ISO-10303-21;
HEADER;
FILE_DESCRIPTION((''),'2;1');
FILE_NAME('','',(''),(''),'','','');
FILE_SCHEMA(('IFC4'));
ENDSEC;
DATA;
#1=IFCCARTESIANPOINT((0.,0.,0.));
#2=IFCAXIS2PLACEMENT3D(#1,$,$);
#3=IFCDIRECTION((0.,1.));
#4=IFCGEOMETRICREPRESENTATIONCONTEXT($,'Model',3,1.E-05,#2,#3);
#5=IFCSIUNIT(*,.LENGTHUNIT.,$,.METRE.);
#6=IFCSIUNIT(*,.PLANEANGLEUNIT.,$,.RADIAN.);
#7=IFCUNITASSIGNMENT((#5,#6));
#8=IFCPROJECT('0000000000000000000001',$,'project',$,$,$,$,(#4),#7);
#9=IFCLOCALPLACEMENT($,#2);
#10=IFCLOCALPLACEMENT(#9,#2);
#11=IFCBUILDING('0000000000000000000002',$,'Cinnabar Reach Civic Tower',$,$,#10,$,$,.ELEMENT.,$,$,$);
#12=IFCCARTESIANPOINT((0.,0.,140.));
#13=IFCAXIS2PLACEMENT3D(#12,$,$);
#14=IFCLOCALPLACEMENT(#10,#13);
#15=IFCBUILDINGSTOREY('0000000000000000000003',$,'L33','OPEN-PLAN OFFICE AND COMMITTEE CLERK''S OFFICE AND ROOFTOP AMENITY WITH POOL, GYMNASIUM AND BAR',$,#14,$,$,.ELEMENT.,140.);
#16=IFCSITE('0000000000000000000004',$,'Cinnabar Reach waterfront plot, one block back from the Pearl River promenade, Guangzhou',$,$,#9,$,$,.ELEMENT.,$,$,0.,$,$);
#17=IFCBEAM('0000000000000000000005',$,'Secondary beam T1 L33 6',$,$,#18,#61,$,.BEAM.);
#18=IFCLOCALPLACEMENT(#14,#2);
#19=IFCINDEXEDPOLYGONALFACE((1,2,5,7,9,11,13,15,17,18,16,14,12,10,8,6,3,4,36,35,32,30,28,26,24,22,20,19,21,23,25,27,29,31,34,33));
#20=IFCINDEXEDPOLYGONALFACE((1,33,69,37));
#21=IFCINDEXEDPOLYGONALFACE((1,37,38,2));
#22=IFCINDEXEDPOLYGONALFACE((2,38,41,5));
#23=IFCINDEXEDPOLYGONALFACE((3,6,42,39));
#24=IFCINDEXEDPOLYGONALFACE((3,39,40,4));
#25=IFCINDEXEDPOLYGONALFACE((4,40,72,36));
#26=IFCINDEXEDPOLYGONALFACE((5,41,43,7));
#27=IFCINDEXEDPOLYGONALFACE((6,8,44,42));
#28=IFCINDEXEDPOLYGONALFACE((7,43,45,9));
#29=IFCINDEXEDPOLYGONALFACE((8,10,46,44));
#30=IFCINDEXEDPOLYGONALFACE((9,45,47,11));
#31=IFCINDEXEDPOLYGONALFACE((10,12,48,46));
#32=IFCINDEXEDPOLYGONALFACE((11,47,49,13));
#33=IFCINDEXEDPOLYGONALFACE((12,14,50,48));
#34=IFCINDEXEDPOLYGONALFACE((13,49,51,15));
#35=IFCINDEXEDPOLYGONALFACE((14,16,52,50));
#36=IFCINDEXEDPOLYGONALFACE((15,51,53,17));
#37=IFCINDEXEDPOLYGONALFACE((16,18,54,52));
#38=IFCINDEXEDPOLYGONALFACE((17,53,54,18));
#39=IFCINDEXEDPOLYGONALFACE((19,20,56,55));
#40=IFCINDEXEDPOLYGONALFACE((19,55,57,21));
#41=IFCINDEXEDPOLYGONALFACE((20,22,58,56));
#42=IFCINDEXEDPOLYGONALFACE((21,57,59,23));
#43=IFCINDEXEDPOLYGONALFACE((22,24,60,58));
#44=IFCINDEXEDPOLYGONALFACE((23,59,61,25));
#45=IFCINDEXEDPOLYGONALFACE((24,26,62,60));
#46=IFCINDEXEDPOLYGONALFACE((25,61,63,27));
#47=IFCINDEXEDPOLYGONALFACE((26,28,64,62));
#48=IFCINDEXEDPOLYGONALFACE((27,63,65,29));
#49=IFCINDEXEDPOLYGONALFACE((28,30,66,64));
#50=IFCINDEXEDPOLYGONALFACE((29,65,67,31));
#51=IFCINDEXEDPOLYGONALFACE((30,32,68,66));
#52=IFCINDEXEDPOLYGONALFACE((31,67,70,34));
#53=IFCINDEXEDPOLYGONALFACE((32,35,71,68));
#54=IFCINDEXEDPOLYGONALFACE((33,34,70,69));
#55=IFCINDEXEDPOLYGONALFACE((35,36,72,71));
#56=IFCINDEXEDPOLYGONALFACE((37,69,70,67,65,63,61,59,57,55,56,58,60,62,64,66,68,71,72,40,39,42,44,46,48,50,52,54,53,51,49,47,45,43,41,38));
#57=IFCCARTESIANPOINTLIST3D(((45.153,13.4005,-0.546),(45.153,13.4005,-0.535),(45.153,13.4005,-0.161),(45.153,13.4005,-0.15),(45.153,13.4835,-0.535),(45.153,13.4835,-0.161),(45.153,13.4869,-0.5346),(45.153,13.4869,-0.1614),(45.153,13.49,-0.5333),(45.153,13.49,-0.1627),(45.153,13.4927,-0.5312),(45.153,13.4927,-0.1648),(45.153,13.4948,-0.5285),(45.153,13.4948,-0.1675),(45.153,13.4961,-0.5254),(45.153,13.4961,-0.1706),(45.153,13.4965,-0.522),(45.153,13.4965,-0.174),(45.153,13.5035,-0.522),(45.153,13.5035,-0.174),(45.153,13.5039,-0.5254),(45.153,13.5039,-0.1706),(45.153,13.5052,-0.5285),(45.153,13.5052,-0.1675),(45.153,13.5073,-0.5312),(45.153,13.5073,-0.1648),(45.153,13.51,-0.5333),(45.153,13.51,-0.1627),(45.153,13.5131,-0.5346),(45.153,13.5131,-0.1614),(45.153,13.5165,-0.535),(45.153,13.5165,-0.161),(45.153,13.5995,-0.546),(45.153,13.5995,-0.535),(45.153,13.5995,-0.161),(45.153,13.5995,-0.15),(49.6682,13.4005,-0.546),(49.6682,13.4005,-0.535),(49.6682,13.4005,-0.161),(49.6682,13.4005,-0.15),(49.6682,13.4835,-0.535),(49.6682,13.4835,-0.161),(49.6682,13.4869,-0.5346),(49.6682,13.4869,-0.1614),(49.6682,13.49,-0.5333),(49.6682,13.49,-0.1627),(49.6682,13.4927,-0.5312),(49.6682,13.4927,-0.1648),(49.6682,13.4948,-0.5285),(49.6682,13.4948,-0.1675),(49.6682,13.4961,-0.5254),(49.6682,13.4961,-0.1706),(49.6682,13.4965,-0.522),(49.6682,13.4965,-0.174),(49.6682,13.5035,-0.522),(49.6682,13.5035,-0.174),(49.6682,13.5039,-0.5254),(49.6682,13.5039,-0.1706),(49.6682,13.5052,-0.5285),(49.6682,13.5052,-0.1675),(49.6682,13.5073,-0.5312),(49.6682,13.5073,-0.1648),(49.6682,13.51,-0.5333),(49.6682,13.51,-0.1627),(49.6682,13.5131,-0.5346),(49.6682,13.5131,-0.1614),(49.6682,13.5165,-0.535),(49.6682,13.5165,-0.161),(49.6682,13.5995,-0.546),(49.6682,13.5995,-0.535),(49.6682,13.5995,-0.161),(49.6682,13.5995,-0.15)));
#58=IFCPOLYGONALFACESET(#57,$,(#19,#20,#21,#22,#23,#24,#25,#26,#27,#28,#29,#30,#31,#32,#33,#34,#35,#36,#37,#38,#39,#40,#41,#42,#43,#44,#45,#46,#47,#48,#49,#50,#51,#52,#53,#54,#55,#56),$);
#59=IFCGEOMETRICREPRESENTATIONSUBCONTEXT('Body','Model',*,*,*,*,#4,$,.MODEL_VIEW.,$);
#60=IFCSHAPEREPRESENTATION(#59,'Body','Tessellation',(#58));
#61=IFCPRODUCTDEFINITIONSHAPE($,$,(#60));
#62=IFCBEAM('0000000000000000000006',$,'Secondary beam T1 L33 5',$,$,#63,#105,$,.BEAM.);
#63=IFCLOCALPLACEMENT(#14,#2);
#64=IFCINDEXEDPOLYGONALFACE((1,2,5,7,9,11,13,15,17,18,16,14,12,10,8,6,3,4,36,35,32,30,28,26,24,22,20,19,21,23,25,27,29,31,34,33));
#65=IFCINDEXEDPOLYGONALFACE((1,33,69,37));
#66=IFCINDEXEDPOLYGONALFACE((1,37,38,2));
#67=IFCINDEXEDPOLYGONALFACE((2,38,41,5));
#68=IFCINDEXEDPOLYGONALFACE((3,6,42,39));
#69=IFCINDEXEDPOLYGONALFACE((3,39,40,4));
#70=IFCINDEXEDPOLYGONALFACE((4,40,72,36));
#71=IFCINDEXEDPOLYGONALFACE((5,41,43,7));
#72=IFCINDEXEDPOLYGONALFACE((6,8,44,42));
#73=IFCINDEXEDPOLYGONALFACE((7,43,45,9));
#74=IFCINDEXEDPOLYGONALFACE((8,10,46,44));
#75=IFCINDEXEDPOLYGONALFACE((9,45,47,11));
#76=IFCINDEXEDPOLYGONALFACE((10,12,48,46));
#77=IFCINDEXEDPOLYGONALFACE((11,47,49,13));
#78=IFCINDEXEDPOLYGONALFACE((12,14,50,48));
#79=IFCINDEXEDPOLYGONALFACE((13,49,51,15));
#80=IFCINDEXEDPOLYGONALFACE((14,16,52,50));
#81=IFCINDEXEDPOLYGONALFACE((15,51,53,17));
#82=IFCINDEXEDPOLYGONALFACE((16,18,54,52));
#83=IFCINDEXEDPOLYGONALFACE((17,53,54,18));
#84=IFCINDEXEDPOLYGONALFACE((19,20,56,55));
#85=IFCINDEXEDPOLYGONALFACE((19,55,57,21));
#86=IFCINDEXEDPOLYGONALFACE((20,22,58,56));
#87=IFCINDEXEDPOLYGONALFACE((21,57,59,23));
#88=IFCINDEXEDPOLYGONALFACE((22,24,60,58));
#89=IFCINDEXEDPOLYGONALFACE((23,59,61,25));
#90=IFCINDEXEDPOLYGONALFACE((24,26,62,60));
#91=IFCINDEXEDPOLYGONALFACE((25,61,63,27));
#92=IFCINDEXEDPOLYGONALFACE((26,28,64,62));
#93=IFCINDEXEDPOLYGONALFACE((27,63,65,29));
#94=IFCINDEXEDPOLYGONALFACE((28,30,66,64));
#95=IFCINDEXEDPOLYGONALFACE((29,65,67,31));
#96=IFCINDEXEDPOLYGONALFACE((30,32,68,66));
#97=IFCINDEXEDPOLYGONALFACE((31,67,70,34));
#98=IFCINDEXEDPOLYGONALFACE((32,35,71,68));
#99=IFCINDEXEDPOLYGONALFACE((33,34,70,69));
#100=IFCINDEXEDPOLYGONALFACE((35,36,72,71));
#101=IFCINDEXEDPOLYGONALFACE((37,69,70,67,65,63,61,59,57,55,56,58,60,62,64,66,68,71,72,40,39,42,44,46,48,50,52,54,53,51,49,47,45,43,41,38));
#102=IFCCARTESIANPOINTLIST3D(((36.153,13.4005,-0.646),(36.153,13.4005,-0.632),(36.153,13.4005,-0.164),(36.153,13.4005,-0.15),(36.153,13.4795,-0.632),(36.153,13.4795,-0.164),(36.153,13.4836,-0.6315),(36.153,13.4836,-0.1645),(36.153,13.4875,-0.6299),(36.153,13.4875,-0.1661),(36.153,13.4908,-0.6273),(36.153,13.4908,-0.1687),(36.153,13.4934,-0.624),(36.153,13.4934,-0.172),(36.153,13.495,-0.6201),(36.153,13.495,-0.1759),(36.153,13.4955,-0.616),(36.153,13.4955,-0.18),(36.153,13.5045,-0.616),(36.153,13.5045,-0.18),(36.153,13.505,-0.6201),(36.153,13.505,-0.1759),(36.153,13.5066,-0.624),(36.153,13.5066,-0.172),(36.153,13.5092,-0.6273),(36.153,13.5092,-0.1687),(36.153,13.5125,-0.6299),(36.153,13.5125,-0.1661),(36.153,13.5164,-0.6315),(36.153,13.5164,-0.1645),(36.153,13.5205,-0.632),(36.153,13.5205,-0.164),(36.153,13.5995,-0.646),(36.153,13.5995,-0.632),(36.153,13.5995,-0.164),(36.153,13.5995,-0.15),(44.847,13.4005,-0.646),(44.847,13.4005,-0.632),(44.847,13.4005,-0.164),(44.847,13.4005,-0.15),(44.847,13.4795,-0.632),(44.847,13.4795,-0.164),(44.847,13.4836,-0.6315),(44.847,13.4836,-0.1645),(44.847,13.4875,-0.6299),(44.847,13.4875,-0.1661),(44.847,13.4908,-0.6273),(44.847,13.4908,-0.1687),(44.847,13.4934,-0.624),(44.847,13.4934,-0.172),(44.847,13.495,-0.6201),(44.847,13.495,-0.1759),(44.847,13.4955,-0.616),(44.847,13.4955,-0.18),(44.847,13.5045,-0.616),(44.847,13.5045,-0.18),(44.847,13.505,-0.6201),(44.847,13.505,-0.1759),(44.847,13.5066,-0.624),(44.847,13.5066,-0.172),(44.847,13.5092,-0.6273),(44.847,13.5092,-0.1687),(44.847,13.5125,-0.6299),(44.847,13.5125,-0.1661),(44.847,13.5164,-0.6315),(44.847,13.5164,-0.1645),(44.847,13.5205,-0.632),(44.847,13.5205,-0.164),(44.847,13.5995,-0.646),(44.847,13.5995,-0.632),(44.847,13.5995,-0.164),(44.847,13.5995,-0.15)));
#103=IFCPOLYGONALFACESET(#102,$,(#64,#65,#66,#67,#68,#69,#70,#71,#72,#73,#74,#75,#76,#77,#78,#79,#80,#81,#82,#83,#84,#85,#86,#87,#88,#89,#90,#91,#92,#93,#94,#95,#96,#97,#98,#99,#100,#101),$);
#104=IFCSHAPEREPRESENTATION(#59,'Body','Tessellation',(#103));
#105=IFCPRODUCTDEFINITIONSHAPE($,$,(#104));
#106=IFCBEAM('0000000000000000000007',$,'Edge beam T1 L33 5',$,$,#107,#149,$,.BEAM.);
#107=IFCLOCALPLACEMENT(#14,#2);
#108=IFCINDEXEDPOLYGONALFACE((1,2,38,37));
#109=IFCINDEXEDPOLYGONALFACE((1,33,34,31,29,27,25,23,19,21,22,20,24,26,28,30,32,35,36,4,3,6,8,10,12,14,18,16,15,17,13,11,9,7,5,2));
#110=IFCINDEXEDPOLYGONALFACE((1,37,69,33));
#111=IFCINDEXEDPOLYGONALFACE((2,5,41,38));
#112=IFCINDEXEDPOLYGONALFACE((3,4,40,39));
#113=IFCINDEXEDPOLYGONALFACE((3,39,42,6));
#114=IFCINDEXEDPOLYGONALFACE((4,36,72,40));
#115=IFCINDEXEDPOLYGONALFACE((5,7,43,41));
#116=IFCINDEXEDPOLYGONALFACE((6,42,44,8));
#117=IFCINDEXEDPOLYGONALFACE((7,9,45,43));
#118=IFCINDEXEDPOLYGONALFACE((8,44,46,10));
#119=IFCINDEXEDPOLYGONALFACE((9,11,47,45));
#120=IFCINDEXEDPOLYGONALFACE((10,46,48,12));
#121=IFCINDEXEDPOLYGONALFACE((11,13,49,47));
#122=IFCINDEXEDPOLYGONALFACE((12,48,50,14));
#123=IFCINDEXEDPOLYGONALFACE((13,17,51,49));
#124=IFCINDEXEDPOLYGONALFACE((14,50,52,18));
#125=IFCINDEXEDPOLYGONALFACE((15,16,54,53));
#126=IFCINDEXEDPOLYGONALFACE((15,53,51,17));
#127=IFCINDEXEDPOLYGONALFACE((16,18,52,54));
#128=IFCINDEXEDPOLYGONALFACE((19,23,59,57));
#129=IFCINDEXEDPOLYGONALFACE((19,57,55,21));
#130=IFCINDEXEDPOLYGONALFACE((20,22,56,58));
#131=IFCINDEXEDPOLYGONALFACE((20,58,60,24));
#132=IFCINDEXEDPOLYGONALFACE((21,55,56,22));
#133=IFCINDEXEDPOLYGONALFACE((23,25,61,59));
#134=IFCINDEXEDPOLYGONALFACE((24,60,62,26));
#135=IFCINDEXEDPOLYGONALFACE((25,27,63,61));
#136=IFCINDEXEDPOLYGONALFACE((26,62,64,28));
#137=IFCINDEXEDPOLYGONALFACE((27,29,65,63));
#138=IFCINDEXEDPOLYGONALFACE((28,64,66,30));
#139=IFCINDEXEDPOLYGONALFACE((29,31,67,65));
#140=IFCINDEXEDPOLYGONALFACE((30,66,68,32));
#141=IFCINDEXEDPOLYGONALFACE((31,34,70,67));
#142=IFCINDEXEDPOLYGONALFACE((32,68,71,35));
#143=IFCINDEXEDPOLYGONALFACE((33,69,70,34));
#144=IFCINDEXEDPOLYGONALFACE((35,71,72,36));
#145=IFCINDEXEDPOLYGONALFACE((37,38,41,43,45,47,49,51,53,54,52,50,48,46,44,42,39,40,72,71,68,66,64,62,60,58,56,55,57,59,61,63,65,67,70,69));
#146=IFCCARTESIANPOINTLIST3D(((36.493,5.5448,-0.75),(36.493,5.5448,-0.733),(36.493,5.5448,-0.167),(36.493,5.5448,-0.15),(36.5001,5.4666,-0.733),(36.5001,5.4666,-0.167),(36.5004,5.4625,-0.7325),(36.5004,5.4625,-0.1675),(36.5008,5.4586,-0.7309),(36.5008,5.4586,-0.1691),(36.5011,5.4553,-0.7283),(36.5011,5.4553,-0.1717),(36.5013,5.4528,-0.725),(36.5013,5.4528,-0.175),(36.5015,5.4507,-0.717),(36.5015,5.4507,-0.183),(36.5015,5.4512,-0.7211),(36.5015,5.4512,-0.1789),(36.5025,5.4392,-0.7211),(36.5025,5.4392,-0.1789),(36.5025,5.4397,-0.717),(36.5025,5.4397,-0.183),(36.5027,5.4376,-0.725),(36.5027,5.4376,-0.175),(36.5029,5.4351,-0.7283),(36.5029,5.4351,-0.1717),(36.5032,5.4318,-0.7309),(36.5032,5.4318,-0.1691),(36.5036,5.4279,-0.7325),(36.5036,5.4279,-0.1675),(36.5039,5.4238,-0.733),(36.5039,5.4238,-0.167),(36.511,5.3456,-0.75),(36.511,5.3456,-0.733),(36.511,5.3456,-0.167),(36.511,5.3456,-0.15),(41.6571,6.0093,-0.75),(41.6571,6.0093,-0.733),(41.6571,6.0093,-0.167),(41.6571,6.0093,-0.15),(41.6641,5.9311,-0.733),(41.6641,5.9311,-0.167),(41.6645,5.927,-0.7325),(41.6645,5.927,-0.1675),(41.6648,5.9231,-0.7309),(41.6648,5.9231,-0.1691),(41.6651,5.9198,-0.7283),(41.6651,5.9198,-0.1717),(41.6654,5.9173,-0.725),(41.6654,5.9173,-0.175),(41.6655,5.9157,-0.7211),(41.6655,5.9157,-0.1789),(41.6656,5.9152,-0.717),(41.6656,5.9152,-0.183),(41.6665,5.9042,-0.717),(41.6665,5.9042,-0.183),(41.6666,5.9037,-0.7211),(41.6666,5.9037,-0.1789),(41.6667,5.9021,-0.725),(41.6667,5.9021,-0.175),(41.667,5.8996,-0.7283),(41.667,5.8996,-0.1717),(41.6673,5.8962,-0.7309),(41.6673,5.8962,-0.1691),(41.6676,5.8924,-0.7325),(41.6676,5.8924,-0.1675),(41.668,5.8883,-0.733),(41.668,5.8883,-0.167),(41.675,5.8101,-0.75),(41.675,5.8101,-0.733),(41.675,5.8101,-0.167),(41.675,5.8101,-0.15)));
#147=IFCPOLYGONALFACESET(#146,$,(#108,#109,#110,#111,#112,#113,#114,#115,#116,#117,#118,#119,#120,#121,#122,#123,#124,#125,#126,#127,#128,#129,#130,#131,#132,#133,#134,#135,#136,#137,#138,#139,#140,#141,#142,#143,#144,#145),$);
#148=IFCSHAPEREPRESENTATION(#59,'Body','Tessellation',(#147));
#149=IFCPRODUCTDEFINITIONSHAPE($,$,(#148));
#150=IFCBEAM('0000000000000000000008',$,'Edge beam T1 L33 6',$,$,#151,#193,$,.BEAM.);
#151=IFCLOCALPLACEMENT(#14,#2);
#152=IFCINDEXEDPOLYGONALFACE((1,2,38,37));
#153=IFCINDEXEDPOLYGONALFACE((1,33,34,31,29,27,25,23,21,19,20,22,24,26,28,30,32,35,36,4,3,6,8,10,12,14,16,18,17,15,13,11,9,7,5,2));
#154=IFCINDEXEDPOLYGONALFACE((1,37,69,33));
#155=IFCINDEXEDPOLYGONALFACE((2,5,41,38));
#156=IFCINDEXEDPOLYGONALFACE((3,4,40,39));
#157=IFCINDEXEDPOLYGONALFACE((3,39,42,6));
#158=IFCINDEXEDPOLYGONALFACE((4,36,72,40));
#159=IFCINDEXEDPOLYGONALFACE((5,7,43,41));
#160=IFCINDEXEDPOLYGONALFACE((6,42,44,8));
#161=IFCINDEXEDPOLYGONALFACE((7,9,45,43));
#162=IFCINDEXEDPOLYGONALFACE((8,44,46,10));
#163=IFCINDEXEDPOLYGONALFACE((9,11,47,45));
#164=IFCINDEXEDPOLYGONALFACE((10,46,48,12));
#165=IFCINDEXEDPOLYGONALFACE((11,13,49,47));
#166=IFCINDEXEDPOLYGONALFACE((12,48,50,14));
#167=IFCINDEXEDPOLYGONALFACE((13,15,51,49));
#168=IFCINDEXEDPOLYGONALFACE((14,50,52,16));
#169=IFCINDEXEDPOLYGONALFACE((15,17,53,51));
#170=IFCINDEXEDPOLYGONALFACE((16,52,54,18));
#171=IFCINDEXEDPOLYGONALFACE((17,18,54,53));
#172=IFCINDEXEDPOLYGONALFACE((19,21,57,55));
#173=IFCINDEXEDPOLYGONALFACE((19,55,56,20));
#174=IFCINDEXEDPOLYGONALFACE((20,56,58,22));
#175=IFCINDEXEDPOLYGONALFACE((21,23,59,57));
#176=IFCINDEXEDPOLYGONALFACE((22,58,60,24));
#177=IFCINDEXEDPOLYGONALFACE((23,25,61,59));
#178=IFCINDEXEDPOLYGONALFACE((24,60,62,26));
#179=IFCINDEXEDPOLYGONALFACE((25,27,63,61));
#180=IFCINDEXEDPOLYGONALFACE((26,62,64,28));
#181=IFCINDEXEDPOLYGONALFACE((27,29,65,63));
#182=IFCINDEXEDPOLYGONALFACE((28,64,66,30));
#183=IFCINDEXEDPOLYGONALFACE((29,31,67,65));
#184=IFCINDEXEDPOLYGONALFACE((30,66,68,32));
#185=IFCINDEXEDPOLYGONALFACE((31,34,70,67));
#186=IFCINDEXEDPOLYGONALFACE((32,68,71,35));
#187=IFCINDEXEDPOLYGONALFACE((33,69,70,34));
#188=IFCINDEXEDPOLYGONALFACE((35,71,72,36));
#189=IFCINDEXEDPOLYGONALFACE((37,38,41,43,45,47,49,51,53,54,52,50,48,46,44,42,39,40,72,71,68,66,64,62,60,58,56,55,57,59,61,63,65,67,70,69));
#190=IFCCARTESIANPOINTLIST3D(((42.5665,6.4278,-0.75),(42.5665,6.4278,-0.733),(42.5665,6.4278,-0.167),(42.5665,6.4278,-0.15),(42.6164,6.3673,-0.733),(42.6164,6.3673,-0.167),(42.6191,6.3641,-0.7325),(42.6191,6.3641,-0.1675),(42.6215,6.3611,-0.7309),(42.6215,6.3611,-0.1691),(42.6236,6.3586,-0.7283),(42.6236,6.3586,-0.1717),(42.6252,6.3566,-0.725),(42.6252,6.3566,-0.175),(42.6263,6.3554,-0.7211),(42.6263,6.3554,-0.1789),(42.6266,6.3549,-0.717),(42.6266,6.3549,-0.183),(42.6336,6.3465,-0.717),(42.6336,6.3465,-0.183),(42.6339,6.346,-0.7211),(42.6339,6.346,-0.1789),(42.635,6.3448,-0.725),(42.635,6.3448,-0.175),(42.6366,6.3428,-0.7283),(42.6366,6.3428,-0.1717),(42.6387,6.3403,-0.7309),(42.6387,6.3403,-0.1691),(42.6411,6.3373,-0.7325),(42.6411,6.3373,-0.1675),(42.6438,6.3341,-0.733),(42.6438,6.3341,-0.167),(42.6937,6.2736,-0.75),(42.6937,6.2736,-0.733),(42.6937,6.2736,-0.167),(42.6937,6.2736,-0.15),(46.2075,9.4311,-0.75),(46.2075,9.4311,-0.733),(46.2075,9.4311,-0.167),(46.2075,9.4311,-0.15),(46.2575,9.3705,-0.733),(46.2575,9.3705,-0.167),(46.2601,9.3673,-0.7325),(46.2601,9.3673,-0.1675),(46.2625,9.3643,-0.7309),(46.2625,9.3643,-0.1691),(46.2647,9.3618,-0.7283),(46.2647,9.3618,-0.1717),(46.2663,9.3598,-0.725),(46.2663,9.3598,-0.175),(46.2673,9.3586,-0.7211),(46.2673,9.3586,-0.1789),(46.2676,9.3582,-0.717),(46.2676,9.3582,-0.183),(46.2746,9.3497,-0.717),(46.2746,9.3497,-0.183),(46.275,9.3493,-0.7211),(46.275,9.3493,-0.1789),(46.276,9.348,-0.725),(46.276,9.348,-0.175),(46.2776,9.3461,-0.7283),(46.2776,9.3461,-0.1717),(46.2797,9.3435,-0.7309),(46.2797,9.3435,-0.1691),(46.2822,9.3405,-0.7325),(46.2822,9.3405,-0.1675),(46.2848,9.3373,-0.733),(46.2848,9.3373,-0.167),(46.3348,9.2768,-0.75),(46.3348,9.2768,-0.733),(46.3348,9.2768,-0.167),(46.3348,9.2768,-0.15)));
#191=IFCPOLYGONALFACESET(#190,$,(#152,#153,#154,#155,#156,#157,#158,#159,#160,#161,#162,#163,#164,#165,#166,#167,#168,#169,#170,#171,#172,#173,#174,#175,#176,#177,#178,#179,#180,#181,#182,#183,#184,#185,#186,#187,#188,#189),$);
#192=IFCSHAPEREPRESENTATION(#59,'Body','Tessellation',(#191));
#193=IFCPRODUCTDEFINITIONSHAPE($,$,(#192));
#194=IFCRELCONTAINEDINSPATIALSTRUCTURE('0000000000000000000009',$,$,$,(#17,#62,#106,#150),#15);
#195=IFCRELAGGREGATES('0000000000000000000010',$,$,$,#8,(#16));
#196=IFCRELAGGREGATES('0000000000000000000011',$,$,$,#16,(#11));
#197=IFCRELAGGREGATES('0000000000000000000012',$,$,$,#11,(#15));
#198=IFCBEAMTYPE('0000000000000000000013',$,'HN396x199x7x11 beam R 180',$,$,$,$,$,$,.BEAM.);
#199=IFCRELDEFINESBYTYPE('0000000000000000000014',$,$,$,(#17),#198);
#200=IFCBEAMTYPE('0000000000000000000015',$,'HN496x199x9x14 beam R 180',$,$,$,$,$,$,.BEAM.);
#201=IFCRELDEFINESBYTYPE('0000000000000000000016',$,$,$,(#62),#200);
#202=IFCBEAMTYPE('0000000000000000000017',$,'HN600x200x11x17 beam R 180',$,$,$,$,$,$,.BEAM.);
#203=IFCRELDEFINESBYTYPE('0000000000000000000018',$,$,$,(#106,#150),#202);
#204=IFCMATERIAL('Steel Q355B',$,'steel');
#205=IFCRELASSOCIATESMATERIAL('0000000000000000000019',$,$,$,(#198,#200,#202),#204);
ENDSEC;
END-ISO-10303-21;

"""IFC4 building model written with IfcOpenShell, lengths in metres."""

from ifc_helpers import new_model, si_unit, direction, frame, origin, origin_2d, place, context, subcontext, project, spatial, i_section, extrude, material, material_profile, profile_set, type_object, element, save


model = new_model("IFC4")

# Units and contexts
model_context = context("Model", 3, precision=1e-05, world=origin(), true_north=direction((0.0, 1.0)))
body_context = subcontext(model_context, "Body", "Model", "MODEL_VIEW")
ifc_project = project(units=[si_unit("LENGTHUNIT", "METRE"), si_unit("PLANEANGLEUNIT", "RADIAN")], contexts=[model_context])

# Site, building, storey
site_placement = place(None, origin())
site = spatial("IfcSite", under=ifc_project, at=site_placement, Name="Cinnabar Reach waterfront plot, one block back from the Pearl River promenade, Guangzhou", CompositionType="ELEMENT", RefElevation=0.0)
building_placement = place(site_placement, origin())
building = spatial("IfcBuilding", under=site, at=building_placement, Name="Cinnabar Reach Civic Tower", CompositionType="ELEMENT")
storey_placement = place(building_placement, frame((0.0, 0.0, 140.0)))
storey = spatial("IfcBuildingStorey", under=building, at=storey_placement, Name="L33", Description="OPEN-PLAN OFFICE AND COMMITTEE CLERK'S OFFICE AND ROOFTOP AMENITY WITH POOL, GYMNASIUM AND BAR", CompositionType="ELEMENT", Elevation=140.0)

# Beams
ifc_material_1 = material(Name="Steel Q355B", Category="steel")
ifc_material_profile_1 = material_profile(ifc_material_1, i_section(OverallWidth=0.199, OverallDepth=0.396, WebThickness=0.007, FlangeThickness=0.011, FilletRadius=0.013, at=origin_2d()), Name="HN396x199x7x11")
ifc_profile_set_1 = profile_set([ifc_material_profile_1], Name="Steel Q355B")
beam_type_1 = type_object("IfcBeamType", Name="HN396x199x7x11 beam R 180", PredefinedType="BEAM", material=ifc_profile_set_1)
beam_1_placement = place(storey_placement, frame((45.153, 13.5, -0.348), z_axis=(1.0, 0.0, 0.0), x_axis=(0.0, 1.0, 0.0)))
element("IfcBeam", 1, at=beam_1_placement, inside=storey, type_object=beam_type_1, Name="Secondary beam T1 L33 6", PredefinedType="BEAM", context=body_context, shape_type="SweptSolid", body=[
    extrude(i_section(OverallWidth=0.199, OverallDepth=0.396, WebThickness=0.007, FlangeThickness=0.011, FilletRadius=0.013, at=origin_2d()), origin(), (0.0, 0.0, 1.0), 4.5152),
])
ifc_material_profile_2 = material_profile(ifc_material_1, i_section(OverallWidth=0.199, OverallDepth=0.496, WebThickness=0.009, FlangeThickness=0.014, FilletRadius=0.016, at=origin_2d()), Name="HN496x199x9x14")
ifc_profile_set_2 = profile_set([ifc_material_profile_2], Name="Steel Q355B")
beam_type_2 = type_object("IfcBeamType", Name="HN496x199x9x14 beam R 180", PredefinedType="BEAM", material=ifc_profile_set_2)
beam_2_placement = place(storey_placement, frame((36.153, 13.5, -0.398), z_axis=(1.0, 0.0, 0.0), x_axis=(0.0, 1.0, 0.0)))
element("IfcBeam", 2, at=beam_2_placement, inside=storey, type_object=beam_type_2, Name="Secondary beam T1 L33 5", PredefinedType="BEAM", context=body_context, shape_type="SweptSolid", body=[
    extrude(i_section(OverallWidth=0.199, OverallDepth=0.496, WebThickness=0.009, FlangeThickness=0.014, FilletRadius=0.016, at=origin_2d()), origin(), (0.0, 0.0, 1.0), 8.694),
])
ifc_material_profile_3 = material_profile(ifc_material_1, i_section(OverallWidth=0.2, OverallDepth=0.6, WebThickness=0.011, FlangeThickness=0.017, FilletRadius=0.016, at=origin_2d()), Name="HN600x200x11x17")
ifc_profile_set_3 = profile_set([ifc_material_profile_3], Name="Steel Q355B")
beam_type_3 = type_object("IfcBeamType", Name="HN600x200x11x17 beam R 180", PredefinedType="BEAM", material=ifc_profile_set_3)
beam_3_placement = place(storey_placement, frame((36.502, 5.4452, -0.45), z_axis=(0.995979, 0.089586, 0.0), x_axis=(-0.089586, 0.995979, 0.0)))
element("IfcBeam", 3, at=beam_3_placement, inside=storey, type_object=beam_type_3, Name="Edge beam T1 L33 5", PredefinedType="BEAM", context=body_context, shape_type="SweptSolid", body=[
    extrude(i_section(OverallWidth=0.2, OverallDepth=0.6, WebThickness=0.011, FlangeThickness=0.017, FilletRadius=0.016, at=origin_2d()), origin(), (0.0, 0.0, 1.0), 5.1849),
])
for number, where, z_axis, x_axis, name in (
    (4, (42.6301, 6.3507, -0.45), (0.771438, 0.636304, 0.0), (-0.636304, 0.771438, 0.0), "Edge beam T1 L33 6"),
):
    element("IfcBeam", number, at=place(storey_placement, frame(where, z_axis=z_axis, x_axis=x_axis)), inside=storey, type_object=beam_type_3, Name=name, PredefinedType="BEAM", context=body_context, shape_type="SweptSolid", body=[
        extrude(i_section(OverallWidth=0.2, OverallDepth=0.6, WebThickness=0.011, FlangeThickness=0.017, FilletRadius=0.016, at=origin_2d()), origin(), (0.0, 0.0, 1.0), 4.7198),
    ])

save(model, "model.ifc")
